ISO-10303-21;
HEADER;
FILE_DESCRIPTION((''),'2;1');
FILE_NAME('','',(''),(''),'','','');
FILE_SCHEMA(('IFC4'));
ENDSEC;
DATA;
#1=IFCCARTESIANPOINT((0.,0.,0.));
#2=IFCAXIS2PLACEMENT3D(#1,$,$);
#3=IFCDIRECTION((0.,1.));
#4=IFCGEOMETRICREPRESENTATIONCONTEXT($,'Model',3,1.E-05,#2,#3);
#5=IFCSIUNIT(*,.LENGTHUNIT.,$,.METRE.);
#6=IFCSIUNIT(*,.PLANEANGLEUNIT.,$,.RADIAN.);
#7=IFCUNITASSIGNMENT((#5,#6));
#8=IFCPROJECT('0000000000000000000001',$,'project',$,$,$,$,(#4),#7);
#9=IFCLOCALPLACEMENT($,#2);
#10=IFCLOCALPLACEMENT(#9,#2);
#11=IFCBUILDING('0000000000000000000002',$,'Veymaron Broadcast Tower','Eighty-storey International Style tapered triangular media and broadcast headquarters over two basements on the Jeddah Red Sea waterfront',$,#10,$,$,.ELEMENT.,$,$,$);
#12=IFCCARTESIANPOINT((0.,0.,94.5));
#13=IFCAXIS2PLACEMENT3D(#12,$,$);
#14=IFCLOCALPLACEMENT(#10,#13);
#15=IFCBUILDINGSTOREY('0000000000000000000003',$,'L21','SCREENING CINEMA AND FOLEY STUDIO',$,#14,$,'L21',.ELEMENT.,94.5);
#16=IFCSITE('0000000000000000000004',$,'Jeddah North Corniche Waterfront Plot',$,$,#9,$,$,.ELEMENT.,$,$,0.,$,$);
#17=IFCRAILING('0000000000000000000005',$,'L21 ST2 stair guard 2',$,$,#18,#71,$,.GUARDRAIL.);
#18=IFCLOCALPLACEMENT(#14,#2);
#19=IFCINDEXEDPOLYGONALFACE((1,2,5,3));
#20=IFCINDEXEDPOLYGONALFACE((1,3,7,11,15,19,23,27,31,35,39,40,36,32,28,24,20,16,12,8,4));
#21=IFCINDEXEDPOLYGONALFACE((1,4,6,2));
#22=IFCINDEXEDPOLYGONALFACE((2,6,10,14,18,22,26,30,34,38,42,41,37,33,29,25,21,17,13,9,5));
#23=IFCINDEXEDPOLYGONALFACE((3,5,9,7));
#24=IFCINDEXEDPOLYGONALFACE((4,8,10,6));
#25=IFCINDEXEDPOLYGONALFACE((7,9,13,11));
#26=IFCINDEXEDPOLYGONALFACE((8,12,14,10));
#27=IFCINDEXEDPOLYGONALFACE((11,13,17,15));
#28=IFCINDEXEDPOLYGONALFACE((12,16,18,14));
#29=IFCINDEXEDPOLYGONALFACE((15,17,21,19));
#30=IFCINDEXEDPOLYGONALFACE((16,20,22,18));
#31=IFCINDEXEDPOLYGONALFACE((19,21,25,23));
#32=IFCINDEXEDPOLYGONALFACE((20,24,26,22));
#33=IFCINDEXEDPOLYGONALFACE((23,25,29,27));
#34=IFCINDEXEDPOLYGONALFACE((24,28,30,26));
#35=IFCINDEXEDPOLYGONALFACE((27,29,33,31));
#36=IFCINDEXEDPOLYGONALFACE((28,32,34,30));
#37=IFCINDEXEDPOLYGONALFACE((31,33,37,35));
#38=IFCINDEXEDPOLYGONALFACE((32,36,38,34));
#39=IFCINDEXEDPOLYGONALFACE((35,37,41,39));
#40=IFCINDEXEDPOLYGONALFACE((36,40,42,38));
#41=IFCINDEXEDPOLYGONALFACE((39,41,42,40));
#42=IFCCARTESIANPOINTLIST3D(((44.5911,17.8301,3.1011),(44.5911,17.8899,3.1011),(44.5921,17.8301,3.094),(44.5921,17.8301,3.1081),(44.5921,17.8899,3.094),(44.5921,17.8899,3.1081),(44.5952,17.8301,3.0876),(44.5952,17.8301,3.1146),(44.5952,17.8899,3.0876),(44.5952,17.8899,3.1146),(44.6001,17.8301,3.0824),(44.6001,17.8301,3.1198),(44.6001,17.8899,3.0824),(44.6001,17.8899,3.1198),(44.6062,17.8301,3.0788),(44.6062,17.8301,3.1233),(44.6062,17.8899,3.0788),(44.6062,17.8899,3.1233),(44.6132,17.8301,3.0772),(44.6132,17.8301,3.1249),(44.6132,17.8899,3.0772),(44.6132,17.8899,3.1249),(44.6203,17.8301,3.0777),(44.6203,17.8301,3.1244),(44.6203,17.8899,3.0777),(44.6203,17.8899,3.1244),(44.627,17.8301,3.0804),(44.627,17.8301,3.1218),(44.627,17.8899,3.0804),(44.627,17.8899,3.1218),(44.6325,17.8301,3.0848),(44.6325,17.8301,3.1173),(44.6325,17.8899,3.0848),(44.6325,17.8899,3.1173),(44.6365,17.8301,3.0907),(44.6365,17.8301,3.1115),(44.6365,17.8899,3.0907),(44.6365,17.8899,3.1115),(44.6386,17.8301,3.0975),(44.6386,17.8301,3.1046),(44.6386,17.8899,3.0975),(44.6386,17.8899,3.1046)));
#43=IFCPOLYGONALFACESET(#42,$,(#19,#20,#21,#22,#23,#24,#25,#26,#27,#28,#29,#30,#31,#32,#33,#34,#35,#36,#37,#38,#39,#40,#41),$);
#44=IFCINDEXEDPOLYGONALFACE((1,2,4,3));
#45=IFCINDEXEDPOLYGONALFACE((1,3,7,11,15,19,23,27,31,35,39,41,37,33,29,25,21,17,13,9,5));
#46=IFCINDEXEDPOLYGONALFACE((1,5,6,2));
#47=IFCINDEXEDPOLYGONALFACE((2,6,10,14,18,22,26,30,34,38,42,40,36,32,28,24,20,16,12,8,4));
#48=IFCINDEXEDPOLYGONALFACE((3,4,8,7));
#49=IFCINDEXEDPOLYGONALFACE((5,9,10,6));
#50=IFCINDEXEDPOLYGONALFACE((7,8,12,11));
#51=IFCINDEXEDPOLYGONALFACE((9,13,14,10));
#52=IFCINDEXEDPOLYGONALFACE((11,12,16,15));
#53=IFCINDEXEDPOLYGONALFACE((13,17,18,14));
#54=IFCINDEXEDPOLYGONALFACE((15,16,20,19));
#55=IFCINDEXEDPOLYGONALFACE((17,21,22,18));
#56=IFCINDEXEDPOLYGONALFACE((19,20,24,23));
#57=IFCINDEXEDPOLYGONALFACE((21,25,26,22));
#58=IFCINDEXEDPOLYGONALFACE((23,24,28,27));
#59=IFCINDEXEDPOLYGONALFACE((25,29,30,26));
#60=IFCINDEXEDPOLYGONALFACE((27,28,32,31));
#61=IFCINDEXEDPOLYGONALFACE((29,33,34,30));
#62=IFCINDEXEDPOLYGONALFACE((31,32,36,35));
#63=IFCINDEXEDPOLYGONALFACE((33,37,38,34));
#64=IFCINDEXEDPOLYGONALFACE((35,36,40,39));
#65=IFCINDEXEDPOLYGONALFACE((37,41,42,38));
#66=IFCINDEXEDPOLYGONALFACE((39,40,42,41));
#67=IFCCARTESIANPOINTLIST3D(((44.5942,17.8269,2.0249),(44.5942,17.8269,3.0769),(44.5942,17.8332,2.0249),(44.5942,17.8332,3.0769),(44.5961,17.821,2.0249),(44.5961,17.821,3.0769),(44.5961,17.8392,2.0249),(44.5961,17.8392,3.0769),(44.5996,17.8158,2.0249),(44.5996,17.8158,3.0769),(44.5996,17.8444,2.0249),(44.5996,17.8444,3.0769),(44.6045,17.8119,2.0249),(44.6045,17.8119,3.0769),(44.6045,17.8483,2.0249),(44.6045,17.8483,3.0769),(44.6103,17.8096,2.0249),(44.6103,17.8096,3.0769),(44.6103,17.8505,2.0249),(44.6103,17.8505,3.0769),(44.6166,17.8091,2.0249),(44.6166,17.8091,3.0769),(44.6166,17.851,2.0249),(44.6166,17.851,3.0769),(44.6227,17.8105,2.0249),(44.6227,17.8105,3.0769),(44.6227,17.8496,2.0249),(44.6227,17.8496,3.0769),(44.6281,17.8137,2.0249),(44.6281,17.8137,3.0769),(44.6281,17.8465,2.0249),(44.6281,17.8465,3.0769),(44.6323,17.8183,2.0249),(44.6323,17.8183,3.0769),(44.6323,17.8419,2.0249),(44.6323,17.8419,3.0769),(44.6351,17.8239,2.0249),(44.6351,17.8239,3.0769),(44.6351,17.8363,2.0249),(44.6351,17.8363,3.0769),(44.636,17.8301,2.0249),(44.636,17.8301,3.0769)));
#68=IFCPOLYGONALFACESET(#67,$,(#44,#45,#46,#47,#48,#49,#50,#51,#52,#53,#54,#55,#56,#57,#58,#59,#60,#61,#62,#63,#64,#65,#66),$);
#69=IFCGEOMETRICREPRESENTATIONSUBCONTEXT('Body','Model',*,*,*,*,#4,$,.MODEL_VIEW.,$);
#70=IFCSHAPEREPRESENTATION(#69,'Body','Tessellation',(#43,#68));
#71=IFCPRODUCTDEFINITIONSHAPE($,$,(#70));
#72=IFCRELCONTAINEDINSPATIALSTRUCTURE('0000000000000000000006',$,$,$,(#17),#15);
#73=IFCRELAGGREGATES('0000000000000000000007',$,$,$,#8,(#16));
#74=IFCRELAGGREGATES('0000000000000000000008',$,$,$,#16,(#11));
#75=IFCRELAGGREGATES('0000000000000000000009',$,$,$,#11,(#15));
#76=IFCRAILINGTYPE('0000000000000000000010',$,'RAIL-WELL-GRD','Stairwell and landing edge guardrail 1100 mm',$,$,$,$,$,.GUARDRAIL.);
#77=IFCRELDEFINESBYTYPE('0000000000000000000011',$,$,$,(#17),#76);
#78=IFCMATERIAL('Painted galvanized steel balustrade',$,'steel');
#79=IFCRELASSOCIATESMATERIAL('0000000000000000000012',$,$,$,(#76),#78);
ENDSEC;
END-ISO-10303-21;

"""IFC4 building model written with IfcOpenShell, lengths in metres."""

from ifc_helpers import new_model, si_unit, direction, frame, origin, origin_2d, place, context, subcontext, project, spatial, circle, extrude, material, type_object, element, save


model = new_model("IFC4")

# Units and contexts
model_context = context("Model", 3, precision=1e-05, world=origin(), true_north=direction((0.0, 1.0)))
body_context = subcontext(model_context, "Body", "Model", "MODEL_VIEW")
ifc_project = project(units=[si_unit("LENGTHUNIT", "METRE"), si_unit("PLANEANGLEUNIT", "RADIAN")], contexts=[model_context])

# Site, building, storey
site_placement = place(None, origin())
site = spatial("IfcSite", under=ifc_project, at=site_placement, Name="Jeddah North Corniche Waterfront Plot", CompositionType="ELEMENT", RefElevation=0.0)
building_placement = place(site_placement, origin())
building = spatial("IfcBuilding", under=site, at=building_placement, Name="Veymaron Broadcast Tower", Description="Eighty-storey International Style tapered triangular media and broadcast headquarters over two basements on the Jeddah Red Sea waterfront", CompositionType="ELEMENT")
storey_placement = place(building_placement, frame((0.0, 0.0, 94.5)))
storey = spatial("IfcBuildingStorey", under=building, at=storey_placement, Name="L21", Description="SCREENING CINEMA AND FOLEY STUDIO", LongName="L21", CompositionType="ELEMENT", Elevation=94.5)

# Railing
ifc_material_1 = material(Name="Painted galvanized steel balustrade", Category="steel")
railing_type_1 = type_object("IfcRailingType", Name="RAIL-WELL-GRD", Description="Stairwell and landing edge guardrail 1100 mm", PredefinedType="GUARDRAIL", material=ifc_material_1)
railing_1_placement = place(storey_placement, frame((44.615, 17.8301, 2.0249)))
element("IfcRailing", 1, at=railing_1_placement, inside=storey, type_object=railing_type_1, Name="L21 ST2 stair guard 2", PredefinedType="GUARDRAIL", context=body_context, shape_type="SweptSolid", body=[
    extrude(circle(Radius=0.0239, at=origin_2d()), frame((0.0, 0.0, 1.0762), z_axis=(0.0, 1.0, 0.0), x_axis=(-1.0, 0.0, 0.0)), (0.0, 0.0, 1.0), 0.0598),
    extrude(circle(Radius=0.021, at=origin_2d()), origin(), (0.0, 0.0, 1.0), 1.052),
])

save(model, "model.ifc")
